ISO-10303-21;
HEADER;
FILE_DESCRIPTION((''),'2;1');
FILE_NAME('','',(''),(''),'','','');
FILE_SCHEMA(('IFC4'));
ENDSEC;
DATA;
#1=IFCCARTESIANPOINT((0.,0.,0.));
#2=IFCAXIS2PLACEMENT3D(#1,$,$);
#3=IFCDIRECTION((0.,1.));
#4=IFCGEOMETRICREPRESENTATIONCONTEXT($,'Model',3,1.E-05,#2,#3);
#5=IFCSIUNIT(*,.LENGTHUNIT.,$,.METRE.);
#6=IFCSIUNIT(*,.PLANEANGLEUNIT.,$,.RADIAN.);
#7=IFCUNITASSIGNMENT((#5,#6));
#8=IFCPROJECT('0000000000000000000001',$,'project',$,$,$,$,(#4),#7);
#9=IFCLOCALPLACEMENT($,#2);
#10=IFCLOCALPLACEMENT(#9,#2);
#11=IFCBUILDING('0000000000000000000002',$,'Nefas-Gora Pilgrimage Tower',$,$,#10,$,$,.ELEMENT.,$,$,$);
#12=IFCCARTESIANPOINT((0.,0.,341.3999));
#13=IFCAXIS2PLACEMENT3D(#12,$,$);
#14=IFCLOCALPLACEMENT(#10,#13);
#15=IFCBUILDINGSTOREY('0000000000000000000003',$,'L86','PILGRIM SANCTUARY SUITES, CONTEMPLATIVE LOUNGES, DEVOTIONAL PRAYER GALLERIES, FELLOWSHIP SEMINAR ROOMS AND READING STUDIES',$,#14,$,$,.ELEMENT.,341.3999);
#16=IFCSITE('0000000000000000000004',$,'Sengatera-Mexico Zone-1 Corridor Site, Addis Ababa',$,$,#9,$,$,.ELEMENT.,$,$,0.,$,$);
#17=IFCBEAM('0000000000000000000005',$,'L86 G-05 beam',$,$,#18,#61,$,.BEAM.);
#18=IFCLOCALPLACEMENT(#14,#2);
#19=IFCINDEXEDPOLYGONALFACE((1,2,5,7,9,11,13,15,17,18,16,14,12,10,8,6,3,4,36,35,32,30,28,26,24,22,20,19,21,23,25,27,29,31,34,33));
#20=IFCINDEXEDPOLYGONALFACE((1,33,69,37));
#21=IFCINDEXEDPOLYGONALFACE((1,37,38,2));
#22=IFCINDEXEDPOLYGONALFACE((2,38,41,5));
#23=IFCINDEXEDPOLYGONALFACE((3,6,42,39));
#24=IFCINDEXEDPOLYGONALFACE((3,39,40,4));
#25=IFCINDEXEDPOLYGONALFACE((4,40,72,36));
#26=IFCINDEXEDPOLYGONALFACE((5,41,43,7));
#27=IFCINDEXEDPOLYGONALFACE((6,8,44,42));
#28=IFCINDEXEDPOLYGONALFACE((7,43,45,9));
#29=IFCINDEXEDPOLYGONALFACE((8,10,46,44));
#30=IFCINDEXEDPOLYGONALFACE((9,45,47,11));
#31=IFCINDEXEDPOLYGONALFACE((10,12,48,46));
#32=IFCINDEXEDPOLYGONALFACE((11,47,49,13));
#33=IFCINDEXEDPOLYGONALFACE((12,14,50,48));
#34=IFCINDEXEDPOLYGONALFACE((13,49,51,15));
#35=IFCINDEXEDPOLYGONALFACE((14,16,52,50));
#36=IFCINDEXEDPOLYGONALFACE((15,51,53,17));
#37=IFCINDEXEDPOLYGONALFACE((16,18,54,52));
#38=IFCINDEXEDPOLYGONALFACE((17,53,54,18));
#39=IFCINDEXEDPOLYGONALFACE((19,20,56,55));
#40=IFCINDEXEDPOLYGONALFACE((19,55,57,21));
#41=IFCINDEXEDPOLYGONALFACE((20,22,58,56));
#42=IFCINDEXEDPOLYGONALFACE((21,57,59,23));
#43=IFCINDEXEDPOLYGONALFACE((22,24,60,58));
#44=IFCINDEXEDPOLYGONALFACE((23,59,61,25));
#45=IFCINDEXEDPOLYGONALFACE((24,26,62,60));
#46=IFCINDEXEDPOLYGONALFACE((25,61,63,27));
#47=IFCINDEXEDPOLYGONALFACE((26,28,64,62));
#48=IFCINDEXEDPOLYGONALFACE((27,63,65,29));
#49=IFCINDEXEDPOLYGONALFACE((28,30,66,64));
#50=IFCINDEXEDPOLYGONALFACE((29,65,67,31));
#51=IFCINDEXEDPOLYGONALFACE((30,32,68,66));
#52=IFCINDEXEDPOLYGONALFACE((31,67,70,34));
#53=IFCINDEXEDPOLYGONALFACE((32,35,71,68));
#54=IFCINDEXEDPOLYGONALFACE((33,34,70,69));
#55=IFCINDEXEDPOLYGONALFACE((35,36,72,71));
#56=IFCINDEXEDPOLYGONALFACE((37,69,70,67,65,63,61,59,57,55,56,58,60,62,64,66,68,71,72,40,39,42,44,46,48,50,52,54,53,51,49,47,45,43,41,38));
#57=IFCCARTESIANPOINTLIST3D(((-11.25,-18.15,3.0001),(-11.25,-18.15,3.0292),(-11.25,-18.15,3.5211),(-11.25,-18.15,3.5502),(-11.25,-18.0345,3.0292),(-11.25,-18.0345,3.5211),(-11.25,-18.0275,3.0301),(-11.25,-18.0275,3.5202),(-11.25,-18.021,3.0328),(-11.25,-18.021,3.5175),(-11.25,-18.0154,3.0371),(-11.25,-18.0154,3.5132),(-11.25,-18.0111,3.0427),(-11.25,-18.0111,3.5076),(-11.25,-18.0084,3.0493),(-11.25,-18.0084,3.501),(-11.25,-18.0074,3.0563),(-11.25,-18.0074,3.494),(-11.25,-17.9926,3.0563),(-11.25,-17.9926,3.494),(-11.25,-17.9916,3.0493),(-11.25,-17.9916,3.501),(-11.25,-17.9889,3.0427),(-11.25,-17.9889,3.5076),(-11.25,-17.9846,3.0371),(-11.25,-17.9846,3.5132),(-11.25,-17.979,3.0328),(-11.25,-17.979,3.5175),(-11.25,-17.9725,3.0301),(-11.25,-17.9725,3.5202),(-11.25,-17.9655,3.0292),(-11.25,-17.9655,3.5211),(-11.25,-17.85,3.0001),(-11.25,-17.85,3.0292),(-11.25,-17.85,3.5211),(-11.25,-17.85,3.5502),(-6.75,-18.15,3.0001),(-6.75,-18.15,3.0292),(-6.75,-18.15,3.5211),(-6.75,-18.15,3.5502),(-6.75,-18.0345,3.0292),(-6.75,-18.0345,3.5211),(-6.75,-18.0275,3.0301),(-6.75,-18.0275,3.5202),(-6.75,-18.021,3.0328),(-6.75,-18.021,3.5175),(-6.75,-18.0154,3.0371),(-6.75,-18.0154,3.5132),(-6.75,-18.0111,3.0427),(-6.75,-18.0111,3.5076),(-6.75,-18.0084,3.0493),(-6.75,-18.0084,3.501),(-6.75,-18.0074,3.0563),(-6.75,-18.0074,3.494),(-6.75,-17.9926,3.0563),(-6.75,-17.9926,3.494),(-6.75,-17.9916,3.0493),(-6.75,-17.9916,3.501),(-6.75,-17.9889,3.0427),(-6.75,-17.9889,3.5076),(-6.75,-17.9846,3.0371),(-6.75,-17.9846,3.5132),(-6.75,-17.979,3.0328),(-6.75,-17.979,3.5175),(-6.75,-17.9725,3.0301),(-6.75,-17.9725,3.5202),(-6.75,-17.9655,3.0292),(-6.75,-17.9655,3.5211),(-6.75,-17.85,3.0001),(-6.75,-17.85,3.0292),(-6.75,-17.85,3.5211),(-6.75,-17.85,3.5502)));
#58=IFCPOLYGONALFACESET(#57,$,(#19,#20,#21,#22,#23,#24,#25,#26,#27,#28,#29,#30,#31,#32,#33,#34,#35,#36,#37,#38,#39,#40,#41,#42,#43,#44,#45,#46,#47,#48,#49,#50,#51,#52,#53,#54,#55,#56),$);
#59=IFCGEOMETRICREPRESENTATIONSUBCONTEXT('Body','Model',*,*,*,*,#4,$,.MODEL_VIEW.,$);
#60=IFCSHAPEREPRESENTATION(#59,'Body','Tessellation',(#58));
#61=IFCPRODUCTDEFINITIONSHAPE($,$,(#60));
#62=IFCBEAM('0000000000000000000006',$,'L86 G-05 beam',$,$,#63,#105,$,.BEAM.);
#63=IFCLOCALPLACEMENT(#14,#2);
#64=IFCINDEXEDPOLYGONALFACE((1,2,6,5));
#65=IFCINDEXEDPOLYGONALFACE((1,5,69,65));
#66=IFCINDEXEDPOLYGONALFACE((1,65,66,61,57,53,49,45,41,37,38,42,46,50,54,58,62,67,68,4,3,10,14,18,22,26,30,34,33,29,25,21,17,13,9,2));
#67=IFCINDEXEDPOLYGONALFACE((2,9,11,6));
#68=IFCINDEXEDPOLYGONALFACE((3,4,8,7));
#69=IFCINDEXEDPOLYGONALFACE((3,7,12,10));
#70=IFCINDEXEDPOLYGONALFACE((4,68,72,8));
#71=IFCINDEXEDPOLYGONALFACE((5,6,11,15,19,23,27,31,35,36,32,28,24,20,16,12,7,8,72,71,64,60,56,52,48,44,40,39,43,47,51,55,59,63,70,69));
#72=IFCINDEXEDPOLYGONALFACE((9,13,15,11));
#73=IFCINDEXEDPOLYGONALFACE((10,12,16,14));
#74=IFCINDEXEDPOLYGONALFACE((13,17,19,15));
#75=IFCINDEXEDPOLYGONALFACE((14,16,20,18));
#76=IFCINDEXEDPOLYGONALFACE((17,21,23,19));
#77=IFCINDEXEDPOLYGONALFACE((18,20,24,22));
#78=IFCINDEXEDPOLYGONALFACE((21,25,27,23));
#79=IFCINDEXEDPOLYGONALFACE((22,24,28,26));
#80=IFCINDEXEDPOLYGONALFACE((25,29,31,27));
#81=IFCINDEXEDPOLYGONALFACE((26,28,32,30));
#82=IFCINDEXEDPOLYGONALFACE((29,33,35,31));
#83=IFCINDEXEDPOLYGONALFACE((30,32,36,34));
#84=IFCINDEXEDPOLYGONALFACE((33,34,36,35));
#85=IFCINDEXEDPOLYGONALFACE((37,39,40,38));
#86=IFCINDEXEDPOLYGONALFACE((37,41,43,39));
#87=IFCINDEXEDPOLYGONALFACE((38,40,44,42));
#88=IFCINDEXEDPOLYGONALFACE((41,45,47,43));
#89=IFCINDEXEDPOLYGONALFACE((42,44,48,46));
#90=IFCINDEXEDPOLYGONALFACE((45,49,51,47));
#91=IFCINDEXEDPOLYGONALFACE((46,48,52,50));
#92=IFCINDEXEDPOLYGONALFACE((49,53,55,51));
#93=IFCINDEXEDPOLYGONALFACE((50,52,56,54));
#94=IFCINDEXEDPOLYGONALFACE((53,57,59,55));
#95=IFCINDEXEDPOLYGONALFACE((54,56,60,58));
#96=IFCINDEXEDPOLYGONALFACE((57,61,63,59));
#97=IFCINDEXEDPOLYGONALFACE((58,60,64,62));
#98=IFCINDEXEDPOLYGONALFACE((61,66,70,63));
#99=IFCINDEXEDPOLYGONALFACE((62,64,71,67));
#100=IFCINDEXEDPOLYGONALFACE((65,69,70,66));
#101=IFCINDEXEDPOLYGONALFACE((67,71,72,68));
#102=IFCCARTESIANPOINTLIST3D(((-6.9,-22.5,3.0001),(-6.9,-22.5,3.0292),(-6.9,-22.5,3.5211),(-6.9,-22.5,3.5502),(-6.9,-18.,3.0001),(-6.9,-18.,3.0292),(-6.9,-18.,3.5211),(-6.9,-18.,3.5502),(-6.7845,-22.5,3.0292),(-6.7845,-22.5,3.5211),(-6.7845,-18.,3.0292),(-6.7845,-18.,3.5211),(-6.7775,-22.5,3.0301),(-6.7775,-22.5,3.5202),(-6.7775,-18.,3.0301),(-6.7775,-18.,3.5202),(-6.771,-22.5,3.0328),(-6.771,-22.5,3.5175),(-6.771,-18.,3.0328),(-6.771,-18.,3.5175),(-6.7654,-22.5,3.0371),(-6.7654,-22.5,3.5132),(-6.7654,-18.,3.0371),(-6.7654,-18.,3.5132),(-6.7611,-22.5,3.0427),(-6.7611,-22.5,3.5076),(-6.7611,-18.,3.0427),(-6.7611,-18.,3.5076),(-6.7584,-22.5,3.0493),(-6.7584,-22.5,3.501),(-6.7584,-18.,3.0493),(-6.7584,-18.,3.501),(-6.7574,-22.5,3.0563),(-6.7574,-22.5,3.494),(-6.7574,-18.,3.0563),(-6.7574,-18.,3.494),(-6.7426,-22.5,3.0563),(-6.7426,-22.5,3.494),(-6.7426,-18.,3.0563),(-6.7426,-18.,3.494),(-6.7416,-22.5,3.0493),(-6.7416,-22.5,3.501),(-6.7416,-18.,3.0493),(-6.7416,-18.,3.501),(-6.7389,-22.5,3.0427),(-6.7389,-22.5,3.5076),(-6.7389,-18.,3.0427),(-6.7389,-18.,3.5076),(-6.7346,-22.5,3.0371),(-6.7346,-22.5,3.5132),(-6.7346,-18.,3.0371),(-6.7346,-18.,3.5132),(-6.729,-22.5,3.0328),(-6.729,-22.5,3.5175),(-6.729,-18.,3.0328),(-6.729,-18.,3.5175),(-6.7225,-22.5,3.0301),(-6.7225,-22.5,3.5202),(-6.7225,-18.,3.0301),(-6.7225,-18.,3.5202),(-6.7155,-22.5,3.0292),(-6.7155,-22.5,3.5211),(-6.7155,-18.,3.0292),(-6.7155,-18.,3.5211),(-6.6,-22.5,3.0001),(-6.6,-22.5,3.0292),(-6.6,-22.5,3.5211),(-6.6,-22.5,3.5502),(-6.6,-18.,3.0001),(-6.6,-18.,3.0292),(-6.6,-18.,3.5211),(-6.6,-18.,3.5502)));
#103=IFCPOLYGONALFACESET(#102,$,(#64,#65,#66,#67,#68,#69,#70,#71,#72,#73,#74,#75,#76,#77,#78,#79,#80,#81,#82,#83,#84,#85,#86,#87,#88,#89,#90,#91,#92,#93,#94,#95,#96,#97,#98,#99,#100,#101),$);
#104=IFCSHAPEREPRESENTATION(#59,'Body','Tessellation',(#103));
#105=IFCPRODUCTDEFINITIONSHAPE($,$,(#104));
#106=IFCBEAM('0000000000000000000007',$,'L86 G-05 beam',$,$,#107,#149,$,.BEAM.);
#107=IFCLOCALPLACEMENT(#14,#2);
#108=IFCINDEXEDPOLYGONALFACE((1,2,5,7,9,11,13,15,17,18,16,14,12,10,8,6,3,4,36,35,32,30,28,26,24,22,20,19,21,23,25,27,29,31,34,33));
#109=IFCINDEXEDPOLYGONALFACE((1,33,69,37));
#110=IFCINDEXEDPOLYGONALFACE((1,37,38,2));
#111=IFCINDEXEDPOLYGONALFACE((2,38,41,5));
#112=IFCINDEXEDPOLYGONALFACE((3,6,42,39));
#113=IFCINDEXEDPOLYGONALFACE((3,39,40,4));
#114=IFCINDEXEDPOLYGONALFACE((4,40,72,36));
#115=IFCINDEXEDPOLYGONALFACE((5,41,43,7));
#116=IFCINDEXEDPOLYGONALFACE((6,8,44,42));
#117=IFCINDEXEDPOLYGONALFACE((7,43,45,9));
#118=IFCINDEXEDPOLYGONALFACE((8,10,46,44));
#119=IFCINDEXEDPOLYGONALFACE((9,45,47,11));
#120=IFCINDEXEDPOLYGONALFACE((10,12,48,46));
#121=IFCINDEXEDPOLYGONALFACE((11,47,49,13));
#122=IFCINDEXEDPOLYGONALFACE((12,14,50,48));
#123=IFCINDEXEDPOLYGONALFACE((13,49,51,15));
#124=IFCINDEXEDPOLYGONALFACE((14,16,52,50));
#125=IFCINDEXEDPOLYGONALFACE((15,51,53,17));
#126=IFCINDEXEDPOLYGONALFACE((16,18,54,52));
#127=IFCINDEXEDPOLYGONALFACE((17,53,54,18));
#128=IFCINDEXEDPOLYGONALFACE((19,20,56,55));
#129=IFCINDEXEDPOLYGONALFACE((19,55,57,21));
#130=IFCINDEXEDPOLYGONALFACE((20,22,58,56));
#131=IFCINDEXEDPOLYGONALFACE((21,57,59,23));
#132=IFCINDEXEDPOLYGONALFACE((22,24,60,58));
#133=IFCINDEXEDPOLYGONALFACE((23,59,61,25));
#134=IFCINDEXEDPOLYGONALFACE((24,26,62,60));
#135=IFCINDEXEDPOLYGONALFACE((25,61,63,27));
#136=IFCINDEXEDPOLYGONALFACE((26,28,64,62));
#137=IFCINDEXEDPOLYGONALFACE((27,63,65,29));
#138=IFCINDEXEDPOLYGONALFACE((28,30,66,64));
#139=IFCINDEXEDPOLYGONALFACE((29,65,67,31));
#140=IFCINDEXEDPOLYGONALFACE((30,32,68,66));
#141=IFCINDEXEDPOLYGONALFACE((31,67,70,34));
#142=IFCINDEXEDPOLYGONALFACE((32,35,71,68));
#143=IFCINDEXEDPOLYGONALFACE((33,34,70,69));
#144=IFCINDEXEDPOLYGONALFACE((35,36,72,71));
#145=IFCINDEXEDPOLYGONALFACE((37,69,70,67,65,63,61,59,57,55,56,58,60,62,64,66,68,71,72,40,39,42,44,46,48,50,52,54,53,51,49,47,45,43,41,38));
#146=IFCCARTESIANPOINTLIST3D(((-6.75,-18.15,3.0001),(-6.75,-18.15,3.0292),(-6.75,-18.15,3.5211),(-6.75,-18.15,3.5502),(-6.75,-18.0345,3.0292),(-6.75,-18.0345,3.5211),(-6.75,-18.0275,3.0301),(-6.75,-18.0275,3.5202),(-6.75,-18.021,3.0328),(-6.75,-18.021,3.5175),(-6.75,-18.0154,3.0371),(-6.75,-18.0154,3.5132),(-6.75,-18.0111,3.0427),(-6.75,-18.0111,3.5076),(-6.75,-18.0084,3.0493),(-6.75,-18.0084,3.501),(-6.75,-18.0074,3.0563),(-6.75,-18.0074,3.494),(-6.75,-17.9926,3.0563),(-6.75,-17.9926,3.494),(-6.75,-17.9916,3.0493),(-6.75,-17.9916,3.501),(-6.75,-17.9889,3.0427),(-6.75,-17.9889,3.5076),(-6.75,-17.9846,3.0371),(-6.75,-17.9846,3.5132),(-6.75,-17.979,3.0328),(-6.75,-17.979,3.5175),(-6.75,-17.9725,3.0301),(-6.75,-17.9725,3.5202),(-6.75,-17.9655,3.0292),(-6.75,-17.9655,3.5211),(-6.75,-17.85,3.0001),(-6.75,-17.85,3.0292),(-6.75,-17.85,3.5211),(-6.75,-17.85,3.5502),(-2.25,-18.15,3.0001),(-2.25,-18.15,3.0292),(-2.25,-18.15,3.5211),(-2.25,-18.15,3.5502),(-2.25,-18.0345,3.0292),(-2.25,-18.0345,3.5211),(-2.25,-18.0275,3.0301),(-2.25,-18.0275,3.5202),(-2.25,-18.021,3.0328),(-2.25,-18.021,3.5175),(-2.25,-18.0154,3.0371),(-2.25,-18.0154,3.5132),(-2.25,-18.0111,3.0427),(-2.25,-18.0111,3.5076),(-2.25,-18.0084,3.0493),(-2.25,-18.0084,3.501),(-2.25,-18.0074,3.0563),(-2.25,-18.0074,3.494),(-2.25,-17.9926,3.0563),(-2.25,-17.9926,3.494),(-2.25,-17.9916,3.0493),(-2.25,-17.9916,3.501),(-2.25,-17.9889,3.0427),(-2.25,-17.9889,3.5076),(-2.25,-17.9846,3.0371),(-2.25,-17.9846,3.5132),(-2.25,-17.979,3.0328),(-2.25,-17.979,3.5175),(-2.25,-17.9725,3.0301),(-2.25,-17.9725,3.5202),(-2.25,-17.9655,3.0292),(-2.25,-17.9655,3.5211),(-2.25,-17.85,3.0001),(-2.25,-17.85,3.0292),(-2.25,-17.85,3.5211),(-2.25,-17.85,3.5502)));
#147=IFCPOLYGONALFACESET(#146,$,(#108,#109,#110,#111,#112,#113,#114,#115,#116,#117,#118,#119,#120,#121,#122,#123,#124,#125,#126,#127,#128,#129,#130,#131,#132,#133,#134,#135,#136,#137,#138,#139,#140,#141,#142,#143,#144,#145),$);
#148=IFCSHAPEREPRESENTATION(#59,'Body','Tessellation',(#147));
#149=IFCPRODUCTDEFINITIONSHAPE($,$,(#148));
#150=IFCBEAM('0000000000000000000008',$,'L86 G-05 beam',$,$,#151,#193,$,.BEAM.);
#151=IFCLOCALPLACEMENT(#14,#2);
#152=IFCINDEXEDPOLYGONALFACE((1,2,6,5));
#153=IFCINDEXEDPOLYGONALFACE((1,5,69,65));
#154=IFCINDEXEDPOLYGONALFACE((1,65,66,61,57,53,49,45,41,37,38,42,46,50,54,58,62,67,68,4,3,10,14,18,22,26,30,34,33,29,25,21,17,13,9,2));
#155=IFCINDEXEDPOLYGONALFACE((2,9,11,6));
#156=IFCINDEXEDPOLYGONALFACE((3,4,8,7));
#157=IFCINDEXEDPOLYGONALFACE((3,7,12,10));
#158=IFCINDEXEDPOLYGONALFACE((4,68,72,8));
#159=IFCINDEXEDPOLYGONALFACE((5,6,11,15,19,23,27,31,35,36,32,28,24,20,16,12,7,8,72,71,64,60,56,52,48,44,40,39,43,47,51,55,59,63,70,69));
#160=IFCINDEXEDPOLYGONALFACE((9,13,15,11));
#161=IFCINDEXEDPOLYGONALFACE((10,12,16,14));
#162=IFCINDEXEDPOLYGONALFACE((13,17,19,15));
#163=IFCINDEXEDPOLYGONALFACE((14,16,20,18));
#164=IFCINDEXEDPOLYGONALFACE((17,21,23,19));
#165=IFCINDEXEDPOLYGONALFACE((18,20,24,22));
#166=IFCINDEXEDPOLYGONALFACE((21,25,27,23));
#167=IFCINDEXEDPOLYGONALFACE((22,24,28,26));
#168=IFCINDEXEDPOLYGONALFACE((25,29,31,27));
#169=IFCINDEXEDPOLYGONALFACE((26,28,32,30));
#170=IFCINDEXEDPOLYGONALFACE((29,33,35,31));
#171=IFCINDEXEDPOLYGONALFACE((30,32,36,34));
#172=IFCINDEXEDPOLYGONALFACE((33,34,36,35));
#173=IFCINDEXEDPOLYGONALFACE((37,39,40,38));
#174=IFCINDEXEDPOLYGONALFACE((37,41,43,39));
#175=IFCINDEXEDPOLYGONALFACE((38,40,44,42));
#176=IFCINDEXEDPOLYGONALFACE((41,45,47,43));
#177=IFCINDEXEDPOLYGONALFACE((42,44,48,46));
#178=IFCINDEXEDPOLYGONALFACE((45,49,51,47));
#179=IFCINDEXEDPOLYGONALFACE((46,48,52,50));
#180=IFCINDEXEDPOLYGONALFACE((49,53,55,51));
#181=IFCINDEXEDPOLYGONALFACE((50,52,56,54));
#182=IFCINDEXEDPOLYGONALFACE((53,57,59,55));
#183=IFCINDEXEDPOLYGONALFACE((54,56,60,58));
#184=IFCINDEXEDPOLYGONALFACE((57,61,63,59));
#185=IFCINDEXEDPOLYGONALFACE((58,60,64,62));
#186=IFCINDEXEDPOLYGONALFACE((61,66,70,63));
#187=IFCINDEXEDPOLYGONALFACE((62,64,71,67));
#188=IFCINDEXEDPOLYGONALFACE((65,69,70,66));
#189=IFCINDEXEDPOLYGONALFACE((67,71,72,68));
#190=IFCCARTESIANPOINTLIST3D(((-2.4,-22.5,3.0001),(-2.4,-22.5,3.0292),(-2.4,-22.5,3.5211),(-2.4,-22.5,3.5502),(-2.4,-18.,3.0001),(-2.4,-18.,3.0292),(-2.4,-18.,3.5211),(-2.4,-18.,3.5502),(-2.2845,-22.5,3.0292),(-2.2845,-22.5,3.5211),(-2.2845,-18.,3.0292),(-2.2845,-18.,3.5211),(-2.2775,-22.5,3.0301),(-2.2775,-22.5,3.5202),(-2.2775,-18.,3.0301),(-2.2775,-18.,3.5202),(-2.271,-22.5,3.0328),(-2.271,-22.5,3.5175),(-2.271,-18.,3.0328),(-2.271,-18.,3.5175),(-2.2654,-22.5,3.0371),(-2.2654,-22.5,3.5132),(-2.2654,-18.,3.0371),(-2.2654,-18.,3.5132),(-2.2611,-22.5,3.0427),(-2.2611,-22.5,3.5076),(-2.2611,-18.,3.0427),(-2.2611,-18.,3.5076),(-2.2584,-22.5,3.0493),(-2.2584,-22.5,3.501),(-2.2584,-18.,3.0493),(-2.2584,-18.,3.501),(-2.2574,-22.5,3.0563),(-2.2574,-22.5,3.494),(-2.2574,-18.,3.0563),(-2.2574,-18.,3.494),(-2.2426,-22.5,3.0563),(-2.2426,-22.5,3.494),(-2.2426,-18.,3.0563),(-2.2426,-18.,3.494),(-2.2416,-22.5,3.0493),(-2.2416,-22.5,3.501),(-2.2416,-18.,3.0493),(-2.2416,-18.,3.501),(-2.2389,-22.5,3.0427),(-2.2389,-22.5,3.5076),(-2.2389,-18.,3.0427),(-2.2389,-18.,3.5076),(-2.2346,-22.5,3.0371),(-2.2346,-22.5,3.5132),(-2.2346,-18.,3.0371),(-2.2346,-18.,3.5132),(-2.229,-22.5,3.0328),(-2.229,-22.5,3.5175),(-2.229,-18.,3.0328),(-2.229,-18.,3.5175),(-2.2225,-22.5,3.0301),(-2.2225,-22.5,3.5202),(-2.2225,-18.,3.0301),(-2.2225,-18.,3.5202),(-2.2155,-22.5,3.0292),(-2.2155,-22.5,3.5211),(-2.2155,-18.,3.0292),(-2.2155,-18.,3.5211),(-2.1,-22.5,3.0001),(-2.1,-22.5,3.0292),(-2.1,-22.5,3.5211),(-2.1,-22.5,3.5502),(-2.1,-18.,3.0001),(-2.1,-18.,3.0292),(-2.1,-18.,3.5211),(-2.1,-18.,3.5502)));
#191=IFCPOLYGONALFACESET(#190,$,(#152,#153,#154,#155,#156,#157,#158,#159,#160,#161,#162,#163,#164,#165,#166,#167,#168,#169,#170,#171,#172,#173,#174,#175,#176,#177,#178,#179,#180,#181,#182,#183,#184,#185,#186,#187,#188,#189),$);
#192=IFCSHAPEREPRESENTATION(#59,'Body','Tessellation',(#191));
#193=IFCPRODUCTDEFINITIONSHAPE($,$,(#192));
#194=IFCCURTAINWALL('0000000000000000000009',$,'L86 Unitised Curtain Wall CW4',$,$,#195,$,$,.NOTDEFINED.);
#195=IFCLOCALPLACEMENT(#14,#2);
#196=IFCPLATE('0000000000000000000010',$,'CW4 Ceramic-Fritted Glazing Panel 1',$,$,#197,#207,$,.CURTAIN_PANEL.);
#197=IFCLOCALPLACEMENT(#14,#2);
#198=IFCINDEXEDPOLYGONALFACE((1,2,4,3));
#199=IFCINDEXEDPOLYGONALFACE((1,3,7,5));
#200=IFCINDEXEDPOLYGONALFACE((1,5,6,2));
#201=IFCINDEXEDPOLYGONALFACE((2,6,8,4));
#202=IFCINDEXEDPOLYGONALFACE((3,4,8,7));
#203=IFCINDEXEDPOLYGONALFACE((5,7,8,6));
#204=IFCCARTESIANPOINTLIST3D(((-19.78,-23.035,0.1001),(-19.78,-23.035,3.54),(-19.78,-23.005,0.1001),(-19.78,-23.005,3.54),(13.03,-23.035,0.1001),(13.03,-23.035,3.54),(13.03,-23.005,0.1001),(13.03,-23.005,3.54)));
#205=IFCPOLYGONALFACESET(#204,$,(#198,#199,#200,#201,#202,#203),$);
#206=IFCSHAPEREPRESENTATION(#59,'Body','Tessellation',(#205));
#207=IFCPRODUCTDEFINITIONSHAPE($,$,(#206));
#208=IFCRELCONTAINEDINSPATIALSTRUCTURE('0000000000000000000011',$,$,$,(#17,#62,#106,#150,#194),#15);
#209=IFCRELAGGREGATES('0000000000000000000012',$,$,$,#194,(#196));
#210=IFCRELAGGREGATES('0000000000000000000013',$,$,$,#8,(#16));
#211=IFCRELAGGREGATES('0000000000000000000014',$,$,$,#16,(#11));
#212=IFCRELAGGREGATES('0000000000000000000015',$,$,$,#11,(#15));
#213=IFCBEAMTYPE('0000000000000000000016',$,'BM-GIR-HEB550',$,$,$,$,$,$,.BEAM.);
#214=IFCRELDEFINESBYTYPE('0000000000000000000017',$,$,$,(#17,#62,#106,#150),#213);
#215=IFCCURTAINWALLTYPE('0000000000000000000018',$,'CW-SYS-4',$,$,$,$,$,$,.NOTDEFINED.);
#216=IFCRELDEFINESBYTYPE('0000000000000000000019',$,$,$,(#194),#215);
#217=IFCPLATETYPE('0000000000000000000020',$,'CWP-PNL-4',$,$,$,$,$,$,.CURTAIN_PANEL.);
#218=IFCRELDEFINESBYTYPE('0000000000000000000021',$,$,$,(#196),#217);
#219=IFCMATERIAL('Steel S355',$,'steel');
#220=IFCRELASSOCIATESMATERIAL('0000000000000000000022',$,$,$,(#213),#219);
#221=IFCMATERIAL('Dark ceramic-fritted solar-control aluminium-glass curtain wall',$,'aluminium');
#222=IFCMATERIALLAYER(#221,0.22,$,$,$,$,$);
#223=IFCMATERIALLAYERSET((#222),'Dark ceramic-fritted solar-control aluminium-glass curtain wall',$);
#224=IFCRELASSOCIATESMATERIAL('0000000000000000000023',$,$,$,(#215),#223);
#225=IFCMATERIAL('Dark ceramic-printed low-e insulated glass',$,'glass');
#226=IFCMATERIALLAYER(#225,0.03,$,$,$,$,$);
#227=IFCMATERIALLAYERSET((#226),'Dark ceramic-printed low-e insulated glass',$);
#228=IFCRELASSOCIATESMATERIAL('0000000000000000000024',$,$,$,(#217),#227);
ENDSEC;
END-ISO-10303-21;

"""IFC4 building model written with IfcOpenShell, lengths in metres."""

from ifc_helpers import new_model, si_unit, direction, frame, origin, origin_2d, place, context, subcontext, project, spatial, rectangle, i_section, extrude, source, transform, mapped, material, layer, layer_set, material_profile, profile_set, type_object, element, aggregate, save


model = new_model("IFC4")

# Units and contexts
model_context = context("Model", 3, precision=1e-05, world=origin(), true_north=direction((0.0, 1.0)))
body_context = subcontext(model_context, "Body", "Model", "MODEL_VIEW")
ifc_project = project(units=[si_unit("LENGTHUNIT", "METRE"), si_unit("PLANEANGLEUNIT", "RADIAN")], contexts=[model_context])

# Site, building, storey
site_placement = place(None, origin())
site = spatial("IfcSite", under=ifc_project, at=site_placement, Name="Sengatera-Mexico Zone-1 Corridor Site, Addis Ababa", CompositionType="ELEMENT", RefElevation=0.0)
building_placement = place(site_placement, origin())
building = spatial("IfcBuilding", under=site, at=building_placement, Name="Nefas-Gora Pilgrimage Tower", CompositionType="ELEMENT")
storey_placement = place(building_placement, frame((0.0, 0.0, 341.3999)))
storey = spatial("IfcBuildingStorey", under=building, at=storey_placement, Name="L86", Description="PILGRIM SANCTUARY SUITES, CONTEMPLATIVE LOUNGES, DEVOTIONAL PRAYER GALLERIES, FELLOWSHIP SEMINAR ROOMS AND READING STUDIES", CompositionType="ELEMENT", Elevation=341.3999)

# Shared definitions
ifc_material_1 = material(Name="Steel S355", Category="steel")

# Beams
ifc_material_profile_1 = material_profile(ifc_material_1, i_section(OverallWidth=0.3, OverallDepth=0.55, WebThickness=0.0149, FlangeThickness=0.0291, FilletRadius=0.0271, at=origin_2d()), Name="HEB 550")
ifc_profile_set_1 = profile_set([ifc_material_profile_1], Name="Steel S355")
beam_type_1 = type_object("IfcBeamType", Name="BM-GIR-HEB550", PredefinedType="BEAM", material=ifc_profile_set_1)
shared_shape_1 = source(origin(), body_context, "Body", "SweptSolid", [
    extrude(i_section(OverallWidth=0.3, OverallDepth=0.55, WebThickness=0.0149, FlangeThickness=0.0291, FilletRadius=0.0271, at=origin_2d()), origin(), (0.0, 0.0, 1.0), 4.5),
])
for number, where, z_axis, x_axis, name in (
    (1, (-11.25, -18.0, 3.2751), (1.0, 0.0, 0.0), (0.0, 1.0, 0.0), "L86 G-05 beam"),
    (2, (-6.75, -22.5, 3.2751), (0.0, 1.0, 0.0), (-1.0, 0.0, 0.0), "L86 G-05 beam"),
    (3, (-6.75, -18.0, 3.2751), (1.0, 0.0, 0.0), (0.0, 1.0, 0.0), "L86 G-05 beam"),
    (4, (-2.25, -22.5, 3.2751), (0.0, 1.0, 0.0), (-1.0, 0.0, 0.0), "L86 G-05 beam"),
):
    element("IfcBeam", number, at=place(storey_placement, frame(where, z_axis=z_axis, x_axis=x_axis)), inside=storey, type_object=beam_type_1, Name=name, PredefinedType="BEAM", context=body_context, shape_type="MappedRepresentation", body=[
        mapped(shared_shape_1, transform((0.0, 0.0, 0.0), x_axis=(1.0, 0.0, 0.0), y_axis=(0.0, 1.0, 0.0), z_axis=(0.0, 0.0, 1.0), scale=1.0)),
    ])

# Curtain wall, plate
ifc_material_2 = material(Name="Dark ceramic-fritted solar-control aluminium-glass curtain wall", Category="aluminium")
ifc_layer_1 = layer(ifc_material_2, 0.22)
ifc_layer_set_1 = layer_set([ifc_layer_1], Name="Dark ceramic-fritted solar-control aluminium-glass curtain wall")
curtain_wall_type = type_object("IfcCurtainWallType", Name="CW-SYS-4", PredefinedType="NOTDEFINED", material=ifc_layer_set_1)
curtain_wall_placement = place(storey_placement, origin())
curtain_wall = element("IfcCurtainWall", 5, at=curtain_wall_placement, inside=storey, type_object=curtain_wall_type, Name="L86 Unitised Curtain Wall CW4", PredefinedType="NOTDEFINED")
ifc_material_3 = material(Name="Dark ceramic-printed low-e insulated glass", Category="glass")
ifc_layer_2 = layer(ifc_material_3, 0.03)
ifc_layer_set_2 = layer_set([ifc_layer_2], Name="Dark ceramic-printed low-e insulated glass")
plate_type = type_object("IfcPlateType", Name="CWP-PNL-4", PredefinedType="CURTAIN_PANEL", material=ifc_layer_set_2)
shared_shape_2 = source(origin(), body_context, "Body", "SweptSolid", [
    extrude(rectangle(XDim=32.8101, YDim=0.03, at=origin_2d()), origin(), (0.0, 0.0, 1.0), 3.4399),
])
plate_placement = place(storey_placement, frame((-3.375, -23.02, 0.1001), z_axis=(0.0, 0.0, 1.0), x_axis=(1.0, 0.0, 0.0)))
plate = element("IfcPlate", 6, at=plate_placement, type_object=plate_type, Name="CW4 Ceramic-Fritted Glazing Panel 1", PredefinedType="CURTAIN_PANEL", context=body_context, shape_type="MappedRepresentation", body=[
    mapped(shared_shape_2, transform((0.0, 0.0, 0.0), x_axis=(1.0, 0.0, 0.0), y_axis=(0.0, 1.0, 0.0), z_axis=(0.0, 0.0, 1.0), scale=1.0)),
])
aggregate(curtain_wall, [plate])

save(model, "model.ifc")
